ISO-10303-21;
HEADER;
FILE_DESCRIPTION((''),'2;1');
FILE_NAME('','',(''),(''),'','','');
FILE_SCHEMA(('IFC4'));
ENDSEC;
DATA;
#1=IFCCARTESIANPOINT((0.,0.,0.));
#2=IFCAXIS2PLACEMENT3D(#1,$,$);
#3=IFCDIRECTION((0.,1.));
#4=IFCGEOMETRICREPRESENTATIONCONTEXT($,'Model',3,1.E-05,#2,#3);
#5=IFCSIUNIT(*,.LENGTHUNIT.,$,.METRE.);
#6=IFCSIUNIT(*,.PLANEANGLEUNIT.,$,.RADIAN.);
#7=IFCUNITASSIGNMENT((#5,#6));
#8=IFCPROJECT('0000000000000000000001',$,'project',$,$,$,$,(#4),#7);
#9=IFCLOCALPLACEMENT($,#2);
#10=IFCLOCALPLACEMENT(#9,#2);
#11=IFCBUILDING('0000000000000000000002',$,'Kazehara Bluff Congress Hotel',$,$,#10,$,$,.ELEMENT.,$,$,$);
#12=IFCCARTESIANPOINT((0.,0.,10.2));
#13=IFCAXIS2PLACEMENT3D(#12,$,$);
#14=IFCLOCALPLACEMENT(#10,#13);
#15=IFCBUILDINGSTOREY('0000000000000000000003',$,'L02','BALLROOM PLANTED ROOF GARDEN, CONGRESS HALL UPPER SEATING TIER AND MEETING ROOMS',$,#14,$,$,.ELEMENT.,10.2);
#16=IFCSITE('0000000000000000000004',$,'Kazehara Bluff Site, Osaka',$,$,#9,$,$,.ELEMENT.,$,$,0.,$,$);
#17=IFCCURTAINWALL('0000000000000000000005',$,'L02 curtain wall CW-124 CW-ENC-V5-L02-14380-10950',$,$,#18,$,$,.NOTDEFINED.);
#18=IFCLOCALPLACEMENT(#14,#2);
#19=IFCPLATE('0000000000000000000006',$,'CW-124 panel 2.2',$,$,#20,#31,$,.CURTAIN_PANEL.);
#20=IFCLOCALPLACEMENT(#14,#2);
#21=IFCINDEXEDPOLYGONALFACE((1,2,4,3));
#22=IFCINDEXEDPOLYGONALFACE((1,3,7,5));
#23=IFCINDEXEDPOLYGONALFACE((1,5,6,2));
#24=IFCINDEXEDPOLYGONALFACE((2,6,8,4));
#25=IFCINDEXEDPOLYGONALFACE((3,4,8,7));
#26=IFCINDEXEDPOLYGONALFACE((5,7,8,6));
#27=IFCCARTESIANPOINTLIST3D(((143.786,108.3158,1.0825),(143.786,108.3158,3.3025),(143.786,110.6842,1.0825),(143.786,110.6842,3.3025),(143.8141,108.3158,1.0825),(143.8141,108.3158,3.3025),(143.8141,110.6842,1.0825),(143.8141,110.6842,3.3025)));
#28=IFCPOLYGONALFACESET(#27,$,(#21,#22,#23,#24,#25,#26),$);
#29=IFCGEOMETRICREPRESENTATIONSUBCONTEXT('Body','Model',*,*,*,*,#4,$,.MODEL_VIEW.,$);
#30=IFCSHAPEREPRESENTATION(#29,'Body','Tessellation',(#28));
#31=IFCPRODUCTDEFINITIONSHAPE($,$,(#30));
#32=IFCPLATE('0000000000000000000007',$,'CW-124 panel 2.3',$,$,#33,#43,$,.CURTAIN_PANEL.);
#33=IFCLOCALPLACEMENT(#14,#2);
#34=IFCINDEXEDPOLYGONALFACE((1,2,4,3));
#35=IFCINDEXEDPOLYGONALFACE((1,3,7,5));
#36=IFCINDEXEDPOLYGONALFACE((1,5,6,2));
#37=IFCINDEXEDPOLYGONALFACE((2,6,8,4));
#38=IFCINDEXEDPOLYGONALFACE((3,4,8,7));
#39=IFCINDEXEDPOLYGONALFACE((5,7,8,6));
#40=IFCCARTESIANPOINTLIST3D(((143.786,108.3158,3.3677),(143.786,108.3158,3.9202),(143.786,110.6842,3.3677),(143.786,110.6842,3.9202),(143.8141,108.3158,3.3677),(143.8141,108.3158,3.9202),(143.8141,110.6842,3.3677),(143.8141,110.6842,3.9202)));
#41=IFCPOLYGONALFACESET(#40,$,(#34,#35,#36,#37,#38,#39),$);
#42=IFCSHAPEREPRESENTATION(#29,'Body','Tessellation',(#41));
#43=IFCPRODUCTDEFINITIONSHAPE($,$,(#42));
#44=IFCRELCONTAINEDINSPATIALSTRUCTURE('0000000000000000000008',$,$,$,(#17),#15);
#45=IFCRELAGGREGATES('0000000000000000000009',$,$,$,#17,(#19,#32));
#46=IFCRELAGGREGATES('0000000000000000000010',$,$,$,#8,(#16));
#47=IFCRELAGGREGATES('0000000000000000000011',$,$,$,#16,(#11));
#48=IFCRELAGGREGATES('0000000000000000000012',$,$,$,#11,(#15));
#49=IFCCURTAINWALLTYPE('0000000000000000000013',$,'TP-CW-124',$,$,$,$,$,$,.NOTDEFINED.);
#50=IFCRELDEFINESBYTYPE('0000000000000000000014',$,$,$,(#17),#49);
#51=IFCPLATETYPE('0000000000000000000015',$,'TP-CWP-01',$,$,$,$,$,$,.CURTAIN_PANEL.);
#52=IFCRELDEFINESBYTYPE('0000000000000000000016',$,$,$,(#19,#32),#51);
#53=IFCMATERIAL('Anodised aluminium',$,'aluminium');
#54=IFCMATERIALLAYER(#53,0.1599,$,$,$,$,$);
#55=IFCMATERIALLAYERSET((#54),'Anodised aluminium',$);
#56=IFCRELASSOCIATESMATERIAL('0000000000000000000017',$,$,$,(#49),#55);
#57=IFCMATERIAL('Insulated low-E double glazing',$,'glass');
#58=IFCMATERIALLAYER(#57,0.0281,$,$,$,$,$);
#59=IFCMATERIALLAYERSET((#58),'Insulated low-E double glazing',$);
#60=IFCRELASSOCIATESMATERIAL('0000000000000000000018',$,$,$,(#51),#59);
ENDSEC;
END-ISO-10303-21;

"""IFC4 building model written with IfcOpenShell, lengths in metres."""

from ifc_helpers import new_model, si_unit, direction, frame, origin, origin_2d, place, context, subcontext, project, spatial, rectangle, extrude, material, layer, layer_set, type_object, element, aggregate, save


model = new_model("IFC4")

# Units and contexts
model_context = context("Model", 3, precision=1e-05, world=origin(), true_north=direction((0.0, 1.0)))
body_context = subcontext(model_context, "Body", "Model", "MODEL_VIEW")
ifc_project = project(units=[si_unit("LENGTHUNIT", "METRE"), si_unit("PLANEANGLEUNIT", "RADIAN")], contexts=[model_context])

# Site, building, storey
site_placement = place(None, origin())
site = spatial("IfcSite", under=ifc_project, at=site_placement, Name="Kazehara Bluff Site, Osaka", CompositionType="ELEMENT", RefElevation=0.0)
building_placement = place(site_placement, origin())
building = spatial("IfcBuilding", under=site, at=building_placement, Name="Kazehara Bluff Congress Hotel", CompositionType="ELEMENT")
storey_placement = place(building_placement, frame((0.0, 0.0, 10.2)))
storey = spatial("IfcBuildingStorey", under=building, at=storey_placement, Name="L02", Description="BALLROOM PLANTED ROOF GARDEN, CONGRESS HALL UPPER SEATING TIER AND MEETING ROOMS", CompositionType="ELEMENT", Elevation=10.2)

# Curtain wall
ifc_material_1 = material(Name="Anodised aluminium", Category="aluminium")
ifc_layer_1 = layer(ifc_material_1, 0.1599)
ifc_layer_set_1 = layer_set([ifc_layer_1], Name="Anodised aluminium")
curtain_wall_type = type_object("IfcCurtainWallType", Name="TP-CW-124", PredefinedType="NOTDEFINED", material=ifc_layer_set_1)
curtain_wall_placement = place(storey_placement, origin())
curtain_wall = element("IfcCurtainWall", 1, at=curtain_wall_placement, inside=storey, type_object=curtain_wall_type, Name="L02 curtain wall CW-124 CW-ENC-V5-L02-14380-10950", PredefinedType="NOTDEFINED")

# Plates
ifc_material_2 = material(Name="Insulated low-E double glazing", Category="glass")
ifc_layer_2 = layer(ifc_material_2, 0.0281)
ifc_layer_set_2 = layer_set([ifc_layer_2], Name="Insulated low-E double glazing")
plate_type = type_object("IfcPlateType", Name="TP-CWP-01", PredefinedType="CURTAIN_PANEL", material=ifc_layer_set_2)
plate_1_placement = place(storey_placement, frame((143.8, 109.5, 1.0825), z_axis=(0.0, 0.0, 1.0), x_axis=(0.0, 1.0, 0.0)))
plate_1 = element("IfcPlate", 2, at=plate_1_placement, type_object=plate_type, Name="CW-124 panel 2.2", PredefinedType="CURTAIN_PANEL", context=body_context, shape_type="SweptSolid", body=[
    extrude(rectangle(XDim=2.3684, YDim=0.0281, at=origin_2d()), origin(), (0.0, 0.0, 1.0), 2.22),
])
plate_2_placement = place(storey_placement, frame((143.8, 109.5, 3.3677), z_axis=(0.0, 0.0, 1.0), x_axis=(0.0, 1.0, 0.0)))
plate_2 = element("IfcPlate", 3, at=plate_2_placement, type_object=plate_type, Name="CW-124 panel 2.3", PredefinedType="CURTAIN_PANEL", context=body_context, shape_type="SweptSolid", body=[
    extrude(rectangle(XDim=2.3684, YDim=0.0281, at=origin_2d()), origin(), (0.0, 0.0, 1.0), 0.5525),
])
aggregate(curtain_wall, [plate_1, plate_2])

save(model, "model.ifc")
